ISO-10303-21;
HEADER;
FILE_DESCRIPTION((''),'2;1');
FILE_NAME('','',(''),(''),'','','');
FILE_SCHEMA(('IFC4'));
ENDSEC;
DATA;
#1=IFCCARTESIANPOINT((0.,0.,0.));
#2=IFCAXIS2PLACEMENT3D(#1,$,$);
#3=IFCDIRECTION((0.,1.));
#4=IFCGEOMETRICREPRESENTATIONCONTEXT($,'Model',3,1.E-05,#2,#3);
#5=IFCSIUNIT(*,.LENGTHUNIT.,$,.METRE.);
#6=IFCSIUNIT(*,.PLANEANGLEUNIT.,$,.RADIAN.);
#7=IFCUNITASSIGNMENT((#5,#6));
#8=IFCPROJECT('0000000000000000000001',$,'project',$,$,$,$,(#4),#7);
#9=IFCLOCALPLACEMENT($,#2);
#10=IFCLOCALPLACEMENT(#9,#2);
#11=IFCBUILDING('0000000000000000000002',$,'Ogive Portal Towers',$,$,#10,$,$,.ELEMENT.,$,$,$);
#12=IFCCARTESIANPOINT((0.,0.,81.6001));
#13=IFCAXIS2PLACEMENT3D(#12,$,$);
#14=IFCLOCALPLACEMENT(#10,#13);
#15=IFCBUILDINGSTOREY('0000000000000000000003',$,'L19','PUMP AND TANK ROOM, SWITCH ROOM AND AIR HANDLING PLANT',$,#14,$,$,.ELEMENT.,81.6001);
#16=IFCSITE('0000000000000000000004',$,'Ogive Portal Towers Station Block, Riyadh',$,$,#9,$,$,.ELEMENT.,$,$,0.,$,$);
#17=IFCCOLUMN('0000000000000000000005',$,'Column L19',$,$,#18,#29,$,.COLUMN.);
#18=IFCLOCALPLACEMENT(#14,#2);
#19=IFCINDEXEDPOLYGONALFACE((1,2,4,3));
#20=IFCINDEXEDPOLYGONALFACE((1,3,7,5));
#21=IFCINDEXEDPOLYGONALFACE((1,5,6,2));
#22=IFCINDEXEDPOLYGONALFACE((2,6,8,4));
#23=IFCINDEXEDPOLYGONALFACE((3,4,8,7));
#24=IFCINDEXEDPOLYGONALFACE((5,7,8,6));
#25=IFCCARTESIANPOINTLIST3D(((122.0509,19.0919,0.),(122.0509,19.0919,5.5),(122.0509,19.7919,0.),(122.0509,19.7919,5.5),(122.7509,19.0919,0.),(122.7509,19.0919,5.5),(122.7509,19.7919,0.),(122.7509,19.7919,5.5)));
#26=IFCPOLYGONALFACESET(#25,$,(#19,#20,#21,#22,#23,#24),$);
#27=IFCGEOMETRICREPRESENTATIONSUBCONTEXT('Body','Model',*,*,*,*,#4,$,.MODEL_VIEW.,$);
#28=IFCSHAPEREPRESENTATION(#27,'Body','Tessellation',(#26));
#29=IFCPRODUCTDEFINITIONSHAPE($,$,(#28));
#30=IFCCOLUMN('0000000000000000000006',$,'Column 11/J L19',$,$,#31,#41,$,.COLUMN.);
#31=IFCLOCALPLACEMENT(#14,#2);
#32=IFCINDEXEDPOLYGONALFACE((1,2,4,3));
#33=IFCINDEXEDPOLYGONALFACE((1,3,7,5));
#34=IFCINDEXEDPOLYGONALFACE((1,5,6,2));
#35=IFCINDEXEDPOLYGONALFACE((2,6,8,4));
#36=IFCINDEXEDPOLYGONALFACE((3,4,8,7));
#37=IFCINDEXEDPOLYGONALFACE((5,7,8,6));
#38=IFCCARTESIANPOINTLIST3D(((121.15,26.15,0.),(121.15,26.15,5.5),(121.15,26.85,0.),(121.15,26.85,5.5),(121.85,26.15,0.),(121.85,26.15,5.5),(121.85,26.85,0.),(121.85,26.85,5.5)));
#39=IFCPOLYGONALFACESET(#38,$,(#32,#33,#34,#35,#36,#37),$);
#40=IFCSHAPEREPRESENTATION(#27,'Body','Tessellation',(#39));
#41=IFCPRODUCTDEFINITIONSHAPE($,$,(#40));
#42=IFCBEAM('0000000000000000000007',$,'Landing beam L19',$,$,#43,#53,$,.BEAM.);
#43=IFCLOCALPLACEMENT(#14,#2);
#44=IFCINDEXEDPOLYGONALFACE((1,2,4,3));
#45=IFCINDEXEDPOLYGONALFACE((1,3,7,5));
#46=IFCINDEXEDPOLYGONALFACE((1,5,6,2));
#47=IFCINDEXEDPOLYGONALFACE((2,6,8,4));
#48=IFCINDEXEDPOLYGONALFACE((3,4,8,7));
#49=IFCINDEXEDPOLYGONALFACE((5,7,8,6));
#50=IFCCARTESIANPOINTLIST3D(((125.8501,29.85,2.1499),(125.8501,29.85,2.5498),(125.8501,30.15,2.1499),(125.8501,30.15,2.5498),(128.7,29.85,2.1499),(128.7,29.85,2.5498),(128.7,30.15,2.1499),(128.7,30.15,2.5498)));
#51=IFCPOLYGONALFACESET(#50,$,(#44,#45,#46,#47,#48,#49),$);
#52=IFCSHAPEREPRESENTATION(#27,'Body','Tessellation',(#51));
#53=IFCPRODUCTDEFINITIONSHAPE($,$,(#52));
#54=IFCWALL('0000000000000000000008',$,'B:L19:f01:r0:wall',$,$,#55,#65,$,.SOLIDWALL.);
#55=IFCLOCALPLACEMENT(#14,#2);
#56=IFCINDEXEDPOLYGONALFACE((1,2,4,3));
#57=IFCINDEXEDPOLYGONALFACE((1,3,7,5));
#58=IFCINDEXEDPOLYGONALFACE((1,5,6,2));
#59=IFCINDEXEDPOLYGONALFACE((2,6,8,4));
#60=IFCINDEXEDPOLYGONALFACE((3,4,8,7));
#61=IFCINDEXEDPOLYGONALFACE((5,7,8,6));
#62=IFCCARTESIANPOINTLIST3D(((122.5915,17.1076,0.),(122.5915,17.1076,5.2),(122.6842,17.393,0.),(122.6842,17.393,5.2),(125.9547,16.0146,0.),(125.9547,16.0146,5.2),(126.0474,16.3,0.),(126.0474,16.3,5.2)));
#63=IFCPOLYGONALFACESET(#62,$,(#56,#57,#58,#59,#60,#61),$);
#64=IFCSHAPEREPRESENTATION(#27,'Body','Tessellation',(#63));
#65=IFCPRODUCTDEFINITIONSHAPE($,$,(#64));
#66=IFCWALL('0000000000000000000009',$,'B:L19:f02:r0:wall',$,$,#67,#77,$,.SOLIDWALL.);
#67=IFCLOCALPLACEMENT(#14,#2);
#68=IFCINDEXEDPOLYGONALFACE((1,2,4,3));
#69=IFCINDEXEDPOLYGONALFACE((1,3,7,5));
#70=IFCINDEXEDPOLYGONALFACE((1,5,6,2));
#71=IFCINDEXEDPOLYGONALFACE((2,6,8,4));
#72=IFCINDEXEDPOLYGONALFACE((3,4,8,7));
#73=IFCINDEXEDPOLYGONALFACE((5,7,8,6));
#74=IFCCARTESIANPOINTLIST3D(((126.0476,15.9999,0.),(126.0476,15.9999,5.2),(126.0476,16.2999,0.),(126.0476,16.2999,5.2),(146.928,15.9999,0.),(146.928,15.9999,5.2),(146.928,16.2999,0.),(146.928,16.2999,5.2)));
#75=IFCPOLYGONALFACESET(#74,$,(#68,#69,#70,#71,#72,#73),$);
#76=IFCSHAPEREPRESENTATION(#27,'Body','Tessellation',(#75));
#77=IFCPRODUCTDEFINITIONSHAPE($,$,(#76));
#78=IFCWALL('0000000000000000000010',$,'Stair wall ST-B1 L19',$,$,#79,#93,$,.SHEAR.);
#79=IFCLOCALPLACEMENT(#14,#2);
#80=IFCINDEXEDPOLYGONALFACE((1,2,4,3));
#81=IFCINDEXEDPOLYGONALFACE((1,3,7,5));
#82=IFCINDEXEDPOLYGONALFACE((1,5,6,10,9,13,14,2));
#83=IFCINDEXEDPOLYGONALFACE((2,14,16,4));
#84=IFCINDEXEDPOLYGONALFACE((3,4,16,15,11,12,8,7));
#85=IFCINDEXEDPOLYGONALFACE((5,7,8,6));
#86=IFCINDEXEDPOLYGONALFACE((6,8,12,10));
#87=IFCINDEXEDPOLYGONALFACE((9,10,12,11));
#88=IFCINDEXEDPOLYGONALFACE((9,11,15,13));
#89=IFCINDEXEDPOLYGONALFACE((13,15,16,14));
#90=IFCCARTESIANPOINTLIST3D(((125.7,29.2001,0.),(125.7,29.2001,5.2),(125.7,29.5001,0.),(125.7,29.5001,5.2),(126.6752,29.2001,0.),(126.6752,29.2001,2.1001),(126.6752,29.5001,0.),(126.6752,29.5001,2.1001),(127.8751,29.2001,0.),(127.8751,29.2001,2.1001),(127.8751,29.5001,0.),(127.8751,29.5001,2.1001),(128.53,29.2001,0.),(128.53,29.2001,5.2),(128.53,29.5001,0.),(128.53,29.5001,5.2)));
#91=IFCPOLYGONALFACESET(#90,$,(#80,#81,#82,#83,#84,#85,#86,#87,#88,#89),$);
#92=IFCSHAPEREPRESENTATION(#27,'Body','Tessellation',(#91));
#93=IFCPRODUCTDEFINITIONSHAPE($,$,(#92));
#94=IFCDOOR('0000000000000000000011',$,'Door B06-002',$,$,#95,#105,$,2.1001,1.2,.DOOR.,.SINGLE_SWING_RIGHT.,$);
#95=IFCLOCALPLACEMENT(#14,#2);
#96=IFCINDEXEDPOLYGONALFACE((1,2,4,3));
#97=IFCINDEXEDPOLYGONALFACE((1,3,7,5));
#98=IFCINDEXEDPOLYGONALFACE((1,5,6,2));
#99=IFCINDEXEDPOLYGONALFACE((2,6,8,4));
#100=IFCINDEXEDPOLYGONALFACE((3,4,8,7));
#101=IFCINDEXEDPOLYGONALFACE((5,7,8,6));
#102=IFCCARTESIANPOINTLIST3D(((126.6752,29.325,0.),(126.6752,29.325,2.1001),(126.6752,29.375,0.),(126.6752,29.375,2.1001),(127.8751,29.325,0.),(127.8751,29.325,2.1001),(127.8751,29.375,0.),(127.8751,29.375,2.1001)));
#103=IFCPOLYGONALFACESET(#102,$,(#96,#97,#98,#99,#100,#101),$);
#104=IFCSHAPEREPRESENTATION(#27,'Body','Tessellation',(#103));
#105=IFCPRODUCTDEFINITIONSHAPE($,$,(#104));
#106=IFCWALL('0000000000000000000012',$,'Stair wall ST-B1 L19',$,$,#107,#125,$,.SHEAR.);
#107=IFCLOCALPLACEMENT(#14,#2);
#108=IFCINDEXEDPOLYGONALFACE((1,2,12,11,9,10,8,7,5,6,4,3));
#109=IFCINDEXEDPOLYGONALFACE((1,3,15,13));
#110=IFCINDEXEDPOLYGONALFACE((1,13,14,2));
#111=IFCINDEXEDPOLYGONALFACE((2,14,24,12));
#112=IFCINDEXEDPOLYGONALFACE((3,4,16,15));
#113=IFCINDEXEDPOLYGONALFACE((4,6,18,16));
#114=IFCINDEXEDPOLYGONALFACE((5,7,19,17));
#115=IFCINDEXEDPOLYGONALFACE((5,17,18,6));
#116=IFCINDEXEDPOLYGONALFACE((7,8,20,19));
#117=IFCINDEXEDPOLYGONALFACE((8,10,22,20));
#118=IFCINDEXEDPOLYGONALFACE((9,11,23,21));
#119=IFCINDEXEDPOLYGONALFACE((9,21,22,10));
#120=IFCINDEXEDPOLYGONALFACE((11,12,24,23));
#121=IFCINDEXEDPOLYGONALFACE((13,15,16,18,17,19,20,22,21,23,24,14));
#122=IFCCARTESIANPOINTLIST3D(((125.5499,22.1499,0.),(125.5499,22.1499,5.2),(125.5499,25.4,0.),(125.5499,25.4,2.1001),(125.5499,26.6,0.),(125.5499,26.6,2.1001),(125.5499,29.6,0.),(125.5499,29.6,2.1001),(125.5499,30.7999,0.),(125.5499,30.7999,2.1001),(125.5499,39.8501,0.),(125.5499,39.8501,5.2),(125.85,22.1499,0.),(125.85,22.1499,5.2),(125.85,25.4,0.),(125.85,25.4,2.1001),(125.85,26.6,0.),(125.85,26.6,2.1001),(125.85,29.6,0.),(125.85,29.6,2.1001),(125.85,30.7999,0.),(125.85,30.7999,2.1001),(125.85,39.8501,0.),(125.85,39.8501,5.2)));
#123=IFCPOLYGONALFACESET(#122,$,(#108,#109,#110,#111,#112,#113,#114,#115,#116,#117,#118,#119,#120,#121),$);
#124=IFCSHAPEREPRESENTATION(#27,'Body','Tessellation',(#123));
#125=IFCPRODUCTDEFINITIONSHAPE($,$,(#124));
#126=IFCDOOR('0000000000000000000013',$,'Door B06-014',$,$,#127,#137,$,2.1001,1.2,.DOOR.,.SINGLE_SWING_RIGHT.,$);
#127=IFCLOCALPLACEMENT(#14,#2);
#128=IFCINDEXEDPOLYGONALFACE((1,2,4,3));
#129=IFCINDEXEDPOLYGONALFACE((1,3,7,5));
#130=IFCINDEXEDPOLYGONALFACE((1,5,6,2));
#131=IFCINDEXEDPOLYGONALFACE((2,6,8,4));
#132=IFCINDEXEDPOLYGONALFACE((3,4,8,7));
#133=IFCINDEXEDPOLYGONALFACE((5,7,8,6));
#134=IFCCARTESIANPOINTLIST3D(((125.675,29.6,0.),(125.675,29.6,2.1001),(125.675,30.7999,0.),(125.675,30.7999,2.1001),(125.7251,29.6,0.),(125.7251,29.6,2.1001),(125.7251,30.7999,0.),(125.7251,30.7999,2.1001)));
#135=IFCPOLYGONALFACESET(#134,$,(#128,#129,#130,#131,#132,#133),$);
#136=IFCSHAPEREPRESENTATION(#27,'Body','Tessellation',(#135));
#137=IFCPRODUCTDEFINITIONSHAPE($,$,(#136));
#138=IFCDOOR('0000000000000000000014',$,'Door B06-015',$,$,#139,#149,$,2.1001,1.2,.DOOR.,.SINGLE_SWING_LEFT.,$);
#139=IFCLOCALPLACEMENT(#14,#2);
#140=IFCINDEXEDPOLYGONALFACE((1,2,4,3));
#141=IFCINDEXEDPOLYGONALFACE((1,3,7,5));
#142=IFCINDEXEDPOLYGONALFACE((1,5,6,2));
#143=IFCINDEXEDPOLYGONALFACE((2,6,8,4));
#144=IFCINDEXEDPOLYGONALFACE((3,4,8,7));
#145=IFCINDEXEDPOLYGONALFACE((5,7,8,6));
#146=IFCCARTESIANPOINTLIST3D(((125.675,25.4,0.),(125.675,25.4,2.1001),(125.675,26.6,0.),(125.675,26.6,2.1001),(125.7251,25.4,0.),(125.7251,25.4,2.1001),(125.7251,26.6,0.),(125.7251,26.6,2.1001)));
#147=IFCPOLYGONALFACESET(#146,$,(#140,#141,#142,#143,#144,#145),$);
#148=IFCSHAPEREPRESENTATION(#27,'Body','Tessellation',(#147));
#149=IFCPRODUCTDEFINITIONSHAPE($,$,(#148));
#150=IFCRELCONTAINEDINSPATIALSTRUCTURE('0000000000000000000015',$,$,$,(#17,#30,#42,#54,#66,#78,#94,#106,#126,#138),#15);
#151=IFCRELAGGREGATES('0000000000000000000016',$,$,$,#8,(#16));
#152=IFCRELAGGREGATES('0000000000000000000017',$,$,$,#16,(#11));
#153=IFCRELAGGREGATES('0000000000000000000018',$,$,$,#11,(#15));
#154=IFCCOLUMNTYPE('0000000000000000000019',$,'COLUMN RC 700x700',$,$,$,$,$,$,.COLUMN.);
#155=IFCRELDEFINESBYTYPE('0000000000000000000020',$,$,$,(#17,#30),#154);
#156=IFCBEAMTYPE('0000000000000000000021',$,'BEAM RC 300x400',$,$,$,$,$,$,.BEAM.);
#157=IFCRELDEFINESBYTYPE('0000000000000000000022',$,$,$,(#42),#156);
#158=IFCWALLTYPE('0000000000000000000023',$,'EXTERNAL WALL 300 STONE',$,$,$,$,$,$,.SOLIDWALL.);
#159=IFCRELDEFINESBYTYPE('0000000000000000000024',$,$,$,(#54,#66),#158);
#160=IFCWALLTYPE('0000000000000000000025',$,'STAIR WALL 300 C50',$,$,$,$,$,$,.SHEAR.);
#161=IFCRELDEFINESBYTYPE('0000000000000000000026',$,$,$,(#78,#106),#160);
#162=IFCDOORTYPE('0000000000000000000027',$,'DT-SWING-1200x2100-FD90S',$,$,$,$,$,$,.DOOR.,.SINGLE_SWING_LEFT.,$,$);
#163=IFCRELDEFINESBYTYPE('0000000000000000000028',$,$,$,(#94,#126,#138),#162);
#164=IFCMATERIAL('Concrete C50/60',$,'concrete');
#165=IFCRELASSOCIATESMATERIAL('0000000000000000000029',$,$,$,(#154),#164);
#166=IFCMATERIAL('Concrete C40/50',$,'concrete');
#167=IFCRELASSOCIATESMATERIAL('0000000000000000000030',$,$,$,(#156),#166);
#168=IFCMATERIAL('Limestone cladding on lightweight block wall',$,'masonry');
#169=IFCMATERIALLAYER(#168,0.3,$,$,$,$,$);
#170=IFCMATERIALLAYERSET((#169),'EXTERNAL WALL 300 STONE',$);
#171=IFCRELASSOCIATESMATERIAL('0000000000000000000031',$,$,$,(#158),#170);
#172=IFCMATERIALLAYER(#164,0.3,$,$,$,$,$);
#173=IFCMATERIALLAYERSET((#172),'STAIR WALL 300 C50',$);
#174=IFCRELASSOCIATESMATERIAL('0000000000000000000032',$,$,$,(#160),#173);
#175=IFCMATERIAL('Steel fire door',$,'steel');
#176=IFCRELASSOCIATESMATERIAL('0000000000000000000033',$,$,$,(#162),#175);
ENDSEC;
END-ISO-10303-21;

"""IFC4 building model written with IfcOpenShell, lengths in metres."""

from ifc_helpers import new_model, si_unit, direction, frame, frame_2d, origin, origin_2d, place, context, subcontext, project, spatial, rectangle, extrude, material, layer, layer_set, material_profile, profile_set, type_object, element, fill, save


model = new_model("IFC4")

# Units and contexts
model_context = context("Model", 3, precision=1e-05, world=origin(), true_north=direction((0.0, 1.0)))
body_context = subcontext(model_context, "Body", "Model", "MODEL_VIEW")
ifc_project = project(units=[si_unit("LENGTHUNIT", "METRE"), si_unit("PLANEANGLEUNIT", "RADIAN")], contexts=[model_context])

# Site, building, storey
site_placement = place(None, origin())
site = spatial("IfcSite", under=ifc_project, at=site_placement, Name="Ogive Portal Towers Station Block, Riyadh", CompositionType="ELEMENT", RefElevation=0.0)
building_placement = place(site_placement, origin())
building = spatial("IfcBuilding", under=site, at=building_placement, Name="Ogive Portal Towers", CompositionType="ELEMENT")
storey_placement = place(building_placement, frame((0.0, 0.0, 81.6001)))
storey = spatial("IfcBuildingStorey", under=building, at=storey_placement, Name="L19", Description="PUMP AND TANK ROOM, SWITCH ROOM AND AIR HANDLING PLANT", CompositionType="ELEMENT", Elevation=81.6001)

# Columns
ifc_material_1 = material(Name="Concrete C50/60", Category="concrete")
ifc_material_profile_1 = material_profile(ifc_material_1, rectangle(XDim=0.7, YDim=0.7, at=origin_2d()), Name="RC 700x700")
ifc_profile_set_1 = profile_set([ifc_material_profile_1], Name="Concrete C50/60")
column_type = type_object("IfcColumnType", Name="COLUMN RC 700x700", PredefinedType="COLUMN", material=ifc_profile_set_1)
for number, where, z_axis, x_axis, name in (
    (1, (122.4009, 19.4419, 0.0), (0.0, 0.0, 1.0), (1.0, 0.0, 0.0), "Column L19"),
    (2, (121.5, 26.5, 0.0), (0.0, 0.0, 1.0), (1.0, 0.0, 0.0), "Column 11/J L19"),
):
    element("IfcColumn", number, at=place(storey_placement, frame(where, z_axis=z_axis, x_axis=x_axis)), inside=storey, type_object=column_type, Name=name, PredefinedType="COLUMN", context=body_context, shape_type="SweptSolid", body=[
        extrude(rectangle(XDim=0.7, YDim=0.7, at=origin_2d()), origin(), (0.0, 0.0, 1.0), 5.5),
    ])

# Beam
ifc_material_2 = material(Name="Concrete C40/50", Category="concrete")
ifc_material_profile_2 = material_profile(ifc_material_2, rectangle(XDim=0.3, YDim=0.3999, at=origin_2d()), Name="RC 300x400")
ifc_profile_set_2 = profile_set([ifc_material_profile_2], Name="Concrete C40/50")
beam_type = type_object("IfcBeamType", Name="BEAM RC 300x400", PredefinedType="BEAM", material=ifc_profile_set_2)
beam_placement = place(storey_placement, frame((125.8501, 30.0, 2.3499), z_axis=(1.0, 0.0, 0.0), x_axis=(0.0, 1.0, 0.0)))
element("IfcBeam", 3, at=beam_placement, inside=storey, type_object=beam_type, Name="Landing beam L19", PredefinedType="BEAM", context=body_context, shape_type="SweptSolid", body=[
    extrude(rectangle(XDim=0.3, YDim=0.3999, at=origin_2d()), origin(), (0.0, 0.0, 1.0), 2.8499),
])

# Walls
ifc_material_3 = material(Name="Limestone cladding on lightweight block wall", Category="masonry")
ifc_layer_1 = layer(ifc_material_3, 0.3)
ifc_layer_set_1 = layer_set([ifc_layer_1], Name="EXTERNAL WALL 300 STONE")
wall_type_1 = type_object("IfcWallType", Name="EXTERNAL WALL 300 STONE", PredefinedType="SOLIDWALL", material=ifc_layer_set_1)
wall_1_placement = place(storey_placement, frame((122.6379, 17.2502, 0.0), z_axis=(0.0, 0.0, 1.0), x_axis=(0.951038, -0.309074, 0.0)))
element("IfcWall", 4, at=wall_1_placement, inside=storey, type_object=wall_type_1, Name="B:L19:f01:r0:wall", PredefinedType="SOLIDWALL", context=body_context, shape_type="SweptSolid", body=[
    extrude(rectangle(XDim=3.5364, YDim=0.3, at=frame_2d((1.7681, 0.0))), origin(), (0.0, 0.0, 1.0), 5.2),
])
wall_2_placement = place(storey_placement, frame((126.0476, 16.1499, 0.0), z_axis=(0.0, 0.0, 1.0), x_axis=(1.0, 0.0, 0.0)))
element("IfcWall", 5, at=wall_2_placement, inside=storey, type_object=wall_type_1, Name="B:L19:f02:r0:wall", PredefinedType="SOLIDWALL", context=body_context, shape_type="SweptSolid", body=[
    extrude(rectangle(XDim=20.8804, YDim=0.3, at=frame_2d((10.4402, 0.0))), origin(), (0.0, 0.0, 1.0), 5.2),
])

# Wall, opening, door
ifc_layer_2 = layer(ifc_material_1, 0.3)
ifc_layer_set_2 = layer_set([ifc_layer_2], Name="STAIR WALL 300 C50")
wall_type_2 = type_object("IfcWallType", Name="STAIR WALL 300 C50", PredefinedType="SHEAR", material=ifc_layer_set_2)
wall_3_placement = place(storey_placement, frame((125.7, 29.3501, 0.0), z_axis=(0.0, 0.0, 1.0), x_axis=(1.0, 0.0, 0.0)))
wall_3 = element("IfcWall", 6, at=wall_3_placement, inside=storey, type_object=wall_type_2, Name="Stair wall ST-B1 L19", PredefinedType="SHEAR", context=body_context, shape_type="SweptSolid", body=[
    extrude(rectangle(XDim=2.8301, YDim=0.3, at=frame_2d((1.415, 0.0))), origin(), (0.0, 0.0, 1.0), 5.2),
])
opening_1_placement = place(wall_3_placement, frame((0.9751, 0.0, 0.0)))
opening_1 = element("IfcOpeningElement", 7, at=opening_1_placement, cuts=wall_3, PredefinedType="OPENING", context=body_context, shape_type="SweptSolid", body=[
    extrude(rectangle(XDim=1.2, YDim=2.1001, at=frame_2d((0.6001, 1.05))), frame((0.0, 0.1602, 0.0), z_axis=(0.0, -1.0, 0.0), x_axis=(1.0, 0.0, 0.0)), (0.0, 0.0, 1.0), 0.3201),
])
ifc_material_4 = material(Name="Steel fire door", Category="steel")
door_type = type_object("IfcDoorType", Name="DT-SWING-1200x2100-FD90S", OperationType="SINGLE_SWING_LEFT", PredefinedType="DOOR", material=ifc_material_4)
door_1_placement = place(opening_1_placement, origin())
door_1 = element("IfcDoor", 8, at=door_1_placement, inside=storey, type_object=door_type, Name="Door B06-002", OperationType="SINGLE_SWING_RIGHT", OverallHeight=2.1001, OverallWidth=1.2, PredefinedType="DOOR", context=body_context, shape_type="SweptSolid", body=[
    extrude(rectangle(XDim=1.2, YDim=2.1001, at=frame_2d((0.6001, 1.05))), frame((0.0, 0.0249, 0.0), z_axis=(0.0, -1.0, 0.0), x_axis=(1.0, 0.0, 0.0)), (0.0, 0.0, 1.0), 0.05),
])
fill(opening_1, door_1)

# Wall, openings, doors
wall_4_placement = place(storey_placement, frame((125.7, 22.1499, 0.0), z_axis=(0.0, 0.0, 1.0), x_axis=(0.0, 1.0, 0.0)))
wall_4 = element("IfcWall", 9, at=wall_4_placement, inside=storey, type_object=wall_type_2, Name="Stair wall ST-B1 L19", PredefinedType="SHEAR", context=body_context, shape_type="SweptSolid", body=[
    extrude(rectangle(XDim=17.7002, YDim=0.3, at=frame_2d((8.8501, 0.0))), origin(), (0.0, 0.0, 1.0), 5.2),
])
opening_2_placement = place(wall_4_placement, frame((7.45, 0.0, 0.0)))
opening_2 = element("IfcOpeningElement", 10, at=opening_2_placement, cuts=wall_4, PredefinedType="OPENING", context=body_context, shape_type="SweptSolid", body=[
    extrude(rectangle(XDim=1.2, YDim=2.1001, at=frame_2d((0.6001, 1.05))), frame((0.0, 0.1602, 0.0), z_axis=(0.0, -1.0, 0.0), x_axis=(1.0, 0.0, 0.0)), (0.0, 0.0, 1.0), 0.3201),
])
opening_3_placement = place(wall_4_placement, frame((3.25, 0.0, 0.0)))
opening_3 = element("IfcOpeningElement", 11, at=opening_3_placement, cuts=wall_4, PredefinedType="OPENING", context=body_context, shape_type="SweptSolid", body=[
    extrude(rectangle(XDim=1.2, YDim=2.1001, at=frame_2d((0.6001, 1.05))), frame((0.0, 0.1602, 0.0), z_axis=(0.0, -1.0, 0.0), x_axis=(1.0, 0.0, 0.0)), (0.0, 0.0, 1.0), 0.3201),
])
door_2_placement = place(opening_2_placement, origin())
door_2 = element("IfcDoor", 12, at=door_2_placement, inside=storey, type_object=door_type, Name="Door B06-014", OperationType="SINGLE_SWING_RIGHT", OverallHeight=2.1001, OverallWidth=1.2, PredefinedType="DOOR", context=body_context, shape_type="SweptSolid", body=[
    extrude(rectangle(XDim=1.2, YDim=2.1001, at=frame_2d((0.6001, 1.05))), frame((0.0, 0.0249, 0.0), z_axis=(0.0, -1.0, 0.0), x_axis=(1.0, 0.0, 0.0)), (0.0, 0.0, 1.0), 0.05),
])
fill(opening_2, door_2)
door_3_placement = place(opening_3_placement, origin())
door_3 = element("IfcDoor", 13, at=door_3_placement, inside=storey, type_object=door_type, Name="Door B06-015", OperationType="SINGLE_SWING_LEFT", OverallHeight=2.1001, OverallWidth=1.2, PredefinedType="DOOR", context=body_context, shape_type="SweptSolid", body=[
    extrude(rectangle(XDim=1.2, YDim=2.1001, at=frame_2d((0.6001, 1.05))), frame((0.0, 0.0249, 0.0), z_axis=(0.0, -1.0, 0.0), x_axis=(1.0, 0.0, 0.0)), (0.0, 0.0, 1.0), 0.05),
])
fill(opening_3, door_3)

save(model, "model.ifc")
